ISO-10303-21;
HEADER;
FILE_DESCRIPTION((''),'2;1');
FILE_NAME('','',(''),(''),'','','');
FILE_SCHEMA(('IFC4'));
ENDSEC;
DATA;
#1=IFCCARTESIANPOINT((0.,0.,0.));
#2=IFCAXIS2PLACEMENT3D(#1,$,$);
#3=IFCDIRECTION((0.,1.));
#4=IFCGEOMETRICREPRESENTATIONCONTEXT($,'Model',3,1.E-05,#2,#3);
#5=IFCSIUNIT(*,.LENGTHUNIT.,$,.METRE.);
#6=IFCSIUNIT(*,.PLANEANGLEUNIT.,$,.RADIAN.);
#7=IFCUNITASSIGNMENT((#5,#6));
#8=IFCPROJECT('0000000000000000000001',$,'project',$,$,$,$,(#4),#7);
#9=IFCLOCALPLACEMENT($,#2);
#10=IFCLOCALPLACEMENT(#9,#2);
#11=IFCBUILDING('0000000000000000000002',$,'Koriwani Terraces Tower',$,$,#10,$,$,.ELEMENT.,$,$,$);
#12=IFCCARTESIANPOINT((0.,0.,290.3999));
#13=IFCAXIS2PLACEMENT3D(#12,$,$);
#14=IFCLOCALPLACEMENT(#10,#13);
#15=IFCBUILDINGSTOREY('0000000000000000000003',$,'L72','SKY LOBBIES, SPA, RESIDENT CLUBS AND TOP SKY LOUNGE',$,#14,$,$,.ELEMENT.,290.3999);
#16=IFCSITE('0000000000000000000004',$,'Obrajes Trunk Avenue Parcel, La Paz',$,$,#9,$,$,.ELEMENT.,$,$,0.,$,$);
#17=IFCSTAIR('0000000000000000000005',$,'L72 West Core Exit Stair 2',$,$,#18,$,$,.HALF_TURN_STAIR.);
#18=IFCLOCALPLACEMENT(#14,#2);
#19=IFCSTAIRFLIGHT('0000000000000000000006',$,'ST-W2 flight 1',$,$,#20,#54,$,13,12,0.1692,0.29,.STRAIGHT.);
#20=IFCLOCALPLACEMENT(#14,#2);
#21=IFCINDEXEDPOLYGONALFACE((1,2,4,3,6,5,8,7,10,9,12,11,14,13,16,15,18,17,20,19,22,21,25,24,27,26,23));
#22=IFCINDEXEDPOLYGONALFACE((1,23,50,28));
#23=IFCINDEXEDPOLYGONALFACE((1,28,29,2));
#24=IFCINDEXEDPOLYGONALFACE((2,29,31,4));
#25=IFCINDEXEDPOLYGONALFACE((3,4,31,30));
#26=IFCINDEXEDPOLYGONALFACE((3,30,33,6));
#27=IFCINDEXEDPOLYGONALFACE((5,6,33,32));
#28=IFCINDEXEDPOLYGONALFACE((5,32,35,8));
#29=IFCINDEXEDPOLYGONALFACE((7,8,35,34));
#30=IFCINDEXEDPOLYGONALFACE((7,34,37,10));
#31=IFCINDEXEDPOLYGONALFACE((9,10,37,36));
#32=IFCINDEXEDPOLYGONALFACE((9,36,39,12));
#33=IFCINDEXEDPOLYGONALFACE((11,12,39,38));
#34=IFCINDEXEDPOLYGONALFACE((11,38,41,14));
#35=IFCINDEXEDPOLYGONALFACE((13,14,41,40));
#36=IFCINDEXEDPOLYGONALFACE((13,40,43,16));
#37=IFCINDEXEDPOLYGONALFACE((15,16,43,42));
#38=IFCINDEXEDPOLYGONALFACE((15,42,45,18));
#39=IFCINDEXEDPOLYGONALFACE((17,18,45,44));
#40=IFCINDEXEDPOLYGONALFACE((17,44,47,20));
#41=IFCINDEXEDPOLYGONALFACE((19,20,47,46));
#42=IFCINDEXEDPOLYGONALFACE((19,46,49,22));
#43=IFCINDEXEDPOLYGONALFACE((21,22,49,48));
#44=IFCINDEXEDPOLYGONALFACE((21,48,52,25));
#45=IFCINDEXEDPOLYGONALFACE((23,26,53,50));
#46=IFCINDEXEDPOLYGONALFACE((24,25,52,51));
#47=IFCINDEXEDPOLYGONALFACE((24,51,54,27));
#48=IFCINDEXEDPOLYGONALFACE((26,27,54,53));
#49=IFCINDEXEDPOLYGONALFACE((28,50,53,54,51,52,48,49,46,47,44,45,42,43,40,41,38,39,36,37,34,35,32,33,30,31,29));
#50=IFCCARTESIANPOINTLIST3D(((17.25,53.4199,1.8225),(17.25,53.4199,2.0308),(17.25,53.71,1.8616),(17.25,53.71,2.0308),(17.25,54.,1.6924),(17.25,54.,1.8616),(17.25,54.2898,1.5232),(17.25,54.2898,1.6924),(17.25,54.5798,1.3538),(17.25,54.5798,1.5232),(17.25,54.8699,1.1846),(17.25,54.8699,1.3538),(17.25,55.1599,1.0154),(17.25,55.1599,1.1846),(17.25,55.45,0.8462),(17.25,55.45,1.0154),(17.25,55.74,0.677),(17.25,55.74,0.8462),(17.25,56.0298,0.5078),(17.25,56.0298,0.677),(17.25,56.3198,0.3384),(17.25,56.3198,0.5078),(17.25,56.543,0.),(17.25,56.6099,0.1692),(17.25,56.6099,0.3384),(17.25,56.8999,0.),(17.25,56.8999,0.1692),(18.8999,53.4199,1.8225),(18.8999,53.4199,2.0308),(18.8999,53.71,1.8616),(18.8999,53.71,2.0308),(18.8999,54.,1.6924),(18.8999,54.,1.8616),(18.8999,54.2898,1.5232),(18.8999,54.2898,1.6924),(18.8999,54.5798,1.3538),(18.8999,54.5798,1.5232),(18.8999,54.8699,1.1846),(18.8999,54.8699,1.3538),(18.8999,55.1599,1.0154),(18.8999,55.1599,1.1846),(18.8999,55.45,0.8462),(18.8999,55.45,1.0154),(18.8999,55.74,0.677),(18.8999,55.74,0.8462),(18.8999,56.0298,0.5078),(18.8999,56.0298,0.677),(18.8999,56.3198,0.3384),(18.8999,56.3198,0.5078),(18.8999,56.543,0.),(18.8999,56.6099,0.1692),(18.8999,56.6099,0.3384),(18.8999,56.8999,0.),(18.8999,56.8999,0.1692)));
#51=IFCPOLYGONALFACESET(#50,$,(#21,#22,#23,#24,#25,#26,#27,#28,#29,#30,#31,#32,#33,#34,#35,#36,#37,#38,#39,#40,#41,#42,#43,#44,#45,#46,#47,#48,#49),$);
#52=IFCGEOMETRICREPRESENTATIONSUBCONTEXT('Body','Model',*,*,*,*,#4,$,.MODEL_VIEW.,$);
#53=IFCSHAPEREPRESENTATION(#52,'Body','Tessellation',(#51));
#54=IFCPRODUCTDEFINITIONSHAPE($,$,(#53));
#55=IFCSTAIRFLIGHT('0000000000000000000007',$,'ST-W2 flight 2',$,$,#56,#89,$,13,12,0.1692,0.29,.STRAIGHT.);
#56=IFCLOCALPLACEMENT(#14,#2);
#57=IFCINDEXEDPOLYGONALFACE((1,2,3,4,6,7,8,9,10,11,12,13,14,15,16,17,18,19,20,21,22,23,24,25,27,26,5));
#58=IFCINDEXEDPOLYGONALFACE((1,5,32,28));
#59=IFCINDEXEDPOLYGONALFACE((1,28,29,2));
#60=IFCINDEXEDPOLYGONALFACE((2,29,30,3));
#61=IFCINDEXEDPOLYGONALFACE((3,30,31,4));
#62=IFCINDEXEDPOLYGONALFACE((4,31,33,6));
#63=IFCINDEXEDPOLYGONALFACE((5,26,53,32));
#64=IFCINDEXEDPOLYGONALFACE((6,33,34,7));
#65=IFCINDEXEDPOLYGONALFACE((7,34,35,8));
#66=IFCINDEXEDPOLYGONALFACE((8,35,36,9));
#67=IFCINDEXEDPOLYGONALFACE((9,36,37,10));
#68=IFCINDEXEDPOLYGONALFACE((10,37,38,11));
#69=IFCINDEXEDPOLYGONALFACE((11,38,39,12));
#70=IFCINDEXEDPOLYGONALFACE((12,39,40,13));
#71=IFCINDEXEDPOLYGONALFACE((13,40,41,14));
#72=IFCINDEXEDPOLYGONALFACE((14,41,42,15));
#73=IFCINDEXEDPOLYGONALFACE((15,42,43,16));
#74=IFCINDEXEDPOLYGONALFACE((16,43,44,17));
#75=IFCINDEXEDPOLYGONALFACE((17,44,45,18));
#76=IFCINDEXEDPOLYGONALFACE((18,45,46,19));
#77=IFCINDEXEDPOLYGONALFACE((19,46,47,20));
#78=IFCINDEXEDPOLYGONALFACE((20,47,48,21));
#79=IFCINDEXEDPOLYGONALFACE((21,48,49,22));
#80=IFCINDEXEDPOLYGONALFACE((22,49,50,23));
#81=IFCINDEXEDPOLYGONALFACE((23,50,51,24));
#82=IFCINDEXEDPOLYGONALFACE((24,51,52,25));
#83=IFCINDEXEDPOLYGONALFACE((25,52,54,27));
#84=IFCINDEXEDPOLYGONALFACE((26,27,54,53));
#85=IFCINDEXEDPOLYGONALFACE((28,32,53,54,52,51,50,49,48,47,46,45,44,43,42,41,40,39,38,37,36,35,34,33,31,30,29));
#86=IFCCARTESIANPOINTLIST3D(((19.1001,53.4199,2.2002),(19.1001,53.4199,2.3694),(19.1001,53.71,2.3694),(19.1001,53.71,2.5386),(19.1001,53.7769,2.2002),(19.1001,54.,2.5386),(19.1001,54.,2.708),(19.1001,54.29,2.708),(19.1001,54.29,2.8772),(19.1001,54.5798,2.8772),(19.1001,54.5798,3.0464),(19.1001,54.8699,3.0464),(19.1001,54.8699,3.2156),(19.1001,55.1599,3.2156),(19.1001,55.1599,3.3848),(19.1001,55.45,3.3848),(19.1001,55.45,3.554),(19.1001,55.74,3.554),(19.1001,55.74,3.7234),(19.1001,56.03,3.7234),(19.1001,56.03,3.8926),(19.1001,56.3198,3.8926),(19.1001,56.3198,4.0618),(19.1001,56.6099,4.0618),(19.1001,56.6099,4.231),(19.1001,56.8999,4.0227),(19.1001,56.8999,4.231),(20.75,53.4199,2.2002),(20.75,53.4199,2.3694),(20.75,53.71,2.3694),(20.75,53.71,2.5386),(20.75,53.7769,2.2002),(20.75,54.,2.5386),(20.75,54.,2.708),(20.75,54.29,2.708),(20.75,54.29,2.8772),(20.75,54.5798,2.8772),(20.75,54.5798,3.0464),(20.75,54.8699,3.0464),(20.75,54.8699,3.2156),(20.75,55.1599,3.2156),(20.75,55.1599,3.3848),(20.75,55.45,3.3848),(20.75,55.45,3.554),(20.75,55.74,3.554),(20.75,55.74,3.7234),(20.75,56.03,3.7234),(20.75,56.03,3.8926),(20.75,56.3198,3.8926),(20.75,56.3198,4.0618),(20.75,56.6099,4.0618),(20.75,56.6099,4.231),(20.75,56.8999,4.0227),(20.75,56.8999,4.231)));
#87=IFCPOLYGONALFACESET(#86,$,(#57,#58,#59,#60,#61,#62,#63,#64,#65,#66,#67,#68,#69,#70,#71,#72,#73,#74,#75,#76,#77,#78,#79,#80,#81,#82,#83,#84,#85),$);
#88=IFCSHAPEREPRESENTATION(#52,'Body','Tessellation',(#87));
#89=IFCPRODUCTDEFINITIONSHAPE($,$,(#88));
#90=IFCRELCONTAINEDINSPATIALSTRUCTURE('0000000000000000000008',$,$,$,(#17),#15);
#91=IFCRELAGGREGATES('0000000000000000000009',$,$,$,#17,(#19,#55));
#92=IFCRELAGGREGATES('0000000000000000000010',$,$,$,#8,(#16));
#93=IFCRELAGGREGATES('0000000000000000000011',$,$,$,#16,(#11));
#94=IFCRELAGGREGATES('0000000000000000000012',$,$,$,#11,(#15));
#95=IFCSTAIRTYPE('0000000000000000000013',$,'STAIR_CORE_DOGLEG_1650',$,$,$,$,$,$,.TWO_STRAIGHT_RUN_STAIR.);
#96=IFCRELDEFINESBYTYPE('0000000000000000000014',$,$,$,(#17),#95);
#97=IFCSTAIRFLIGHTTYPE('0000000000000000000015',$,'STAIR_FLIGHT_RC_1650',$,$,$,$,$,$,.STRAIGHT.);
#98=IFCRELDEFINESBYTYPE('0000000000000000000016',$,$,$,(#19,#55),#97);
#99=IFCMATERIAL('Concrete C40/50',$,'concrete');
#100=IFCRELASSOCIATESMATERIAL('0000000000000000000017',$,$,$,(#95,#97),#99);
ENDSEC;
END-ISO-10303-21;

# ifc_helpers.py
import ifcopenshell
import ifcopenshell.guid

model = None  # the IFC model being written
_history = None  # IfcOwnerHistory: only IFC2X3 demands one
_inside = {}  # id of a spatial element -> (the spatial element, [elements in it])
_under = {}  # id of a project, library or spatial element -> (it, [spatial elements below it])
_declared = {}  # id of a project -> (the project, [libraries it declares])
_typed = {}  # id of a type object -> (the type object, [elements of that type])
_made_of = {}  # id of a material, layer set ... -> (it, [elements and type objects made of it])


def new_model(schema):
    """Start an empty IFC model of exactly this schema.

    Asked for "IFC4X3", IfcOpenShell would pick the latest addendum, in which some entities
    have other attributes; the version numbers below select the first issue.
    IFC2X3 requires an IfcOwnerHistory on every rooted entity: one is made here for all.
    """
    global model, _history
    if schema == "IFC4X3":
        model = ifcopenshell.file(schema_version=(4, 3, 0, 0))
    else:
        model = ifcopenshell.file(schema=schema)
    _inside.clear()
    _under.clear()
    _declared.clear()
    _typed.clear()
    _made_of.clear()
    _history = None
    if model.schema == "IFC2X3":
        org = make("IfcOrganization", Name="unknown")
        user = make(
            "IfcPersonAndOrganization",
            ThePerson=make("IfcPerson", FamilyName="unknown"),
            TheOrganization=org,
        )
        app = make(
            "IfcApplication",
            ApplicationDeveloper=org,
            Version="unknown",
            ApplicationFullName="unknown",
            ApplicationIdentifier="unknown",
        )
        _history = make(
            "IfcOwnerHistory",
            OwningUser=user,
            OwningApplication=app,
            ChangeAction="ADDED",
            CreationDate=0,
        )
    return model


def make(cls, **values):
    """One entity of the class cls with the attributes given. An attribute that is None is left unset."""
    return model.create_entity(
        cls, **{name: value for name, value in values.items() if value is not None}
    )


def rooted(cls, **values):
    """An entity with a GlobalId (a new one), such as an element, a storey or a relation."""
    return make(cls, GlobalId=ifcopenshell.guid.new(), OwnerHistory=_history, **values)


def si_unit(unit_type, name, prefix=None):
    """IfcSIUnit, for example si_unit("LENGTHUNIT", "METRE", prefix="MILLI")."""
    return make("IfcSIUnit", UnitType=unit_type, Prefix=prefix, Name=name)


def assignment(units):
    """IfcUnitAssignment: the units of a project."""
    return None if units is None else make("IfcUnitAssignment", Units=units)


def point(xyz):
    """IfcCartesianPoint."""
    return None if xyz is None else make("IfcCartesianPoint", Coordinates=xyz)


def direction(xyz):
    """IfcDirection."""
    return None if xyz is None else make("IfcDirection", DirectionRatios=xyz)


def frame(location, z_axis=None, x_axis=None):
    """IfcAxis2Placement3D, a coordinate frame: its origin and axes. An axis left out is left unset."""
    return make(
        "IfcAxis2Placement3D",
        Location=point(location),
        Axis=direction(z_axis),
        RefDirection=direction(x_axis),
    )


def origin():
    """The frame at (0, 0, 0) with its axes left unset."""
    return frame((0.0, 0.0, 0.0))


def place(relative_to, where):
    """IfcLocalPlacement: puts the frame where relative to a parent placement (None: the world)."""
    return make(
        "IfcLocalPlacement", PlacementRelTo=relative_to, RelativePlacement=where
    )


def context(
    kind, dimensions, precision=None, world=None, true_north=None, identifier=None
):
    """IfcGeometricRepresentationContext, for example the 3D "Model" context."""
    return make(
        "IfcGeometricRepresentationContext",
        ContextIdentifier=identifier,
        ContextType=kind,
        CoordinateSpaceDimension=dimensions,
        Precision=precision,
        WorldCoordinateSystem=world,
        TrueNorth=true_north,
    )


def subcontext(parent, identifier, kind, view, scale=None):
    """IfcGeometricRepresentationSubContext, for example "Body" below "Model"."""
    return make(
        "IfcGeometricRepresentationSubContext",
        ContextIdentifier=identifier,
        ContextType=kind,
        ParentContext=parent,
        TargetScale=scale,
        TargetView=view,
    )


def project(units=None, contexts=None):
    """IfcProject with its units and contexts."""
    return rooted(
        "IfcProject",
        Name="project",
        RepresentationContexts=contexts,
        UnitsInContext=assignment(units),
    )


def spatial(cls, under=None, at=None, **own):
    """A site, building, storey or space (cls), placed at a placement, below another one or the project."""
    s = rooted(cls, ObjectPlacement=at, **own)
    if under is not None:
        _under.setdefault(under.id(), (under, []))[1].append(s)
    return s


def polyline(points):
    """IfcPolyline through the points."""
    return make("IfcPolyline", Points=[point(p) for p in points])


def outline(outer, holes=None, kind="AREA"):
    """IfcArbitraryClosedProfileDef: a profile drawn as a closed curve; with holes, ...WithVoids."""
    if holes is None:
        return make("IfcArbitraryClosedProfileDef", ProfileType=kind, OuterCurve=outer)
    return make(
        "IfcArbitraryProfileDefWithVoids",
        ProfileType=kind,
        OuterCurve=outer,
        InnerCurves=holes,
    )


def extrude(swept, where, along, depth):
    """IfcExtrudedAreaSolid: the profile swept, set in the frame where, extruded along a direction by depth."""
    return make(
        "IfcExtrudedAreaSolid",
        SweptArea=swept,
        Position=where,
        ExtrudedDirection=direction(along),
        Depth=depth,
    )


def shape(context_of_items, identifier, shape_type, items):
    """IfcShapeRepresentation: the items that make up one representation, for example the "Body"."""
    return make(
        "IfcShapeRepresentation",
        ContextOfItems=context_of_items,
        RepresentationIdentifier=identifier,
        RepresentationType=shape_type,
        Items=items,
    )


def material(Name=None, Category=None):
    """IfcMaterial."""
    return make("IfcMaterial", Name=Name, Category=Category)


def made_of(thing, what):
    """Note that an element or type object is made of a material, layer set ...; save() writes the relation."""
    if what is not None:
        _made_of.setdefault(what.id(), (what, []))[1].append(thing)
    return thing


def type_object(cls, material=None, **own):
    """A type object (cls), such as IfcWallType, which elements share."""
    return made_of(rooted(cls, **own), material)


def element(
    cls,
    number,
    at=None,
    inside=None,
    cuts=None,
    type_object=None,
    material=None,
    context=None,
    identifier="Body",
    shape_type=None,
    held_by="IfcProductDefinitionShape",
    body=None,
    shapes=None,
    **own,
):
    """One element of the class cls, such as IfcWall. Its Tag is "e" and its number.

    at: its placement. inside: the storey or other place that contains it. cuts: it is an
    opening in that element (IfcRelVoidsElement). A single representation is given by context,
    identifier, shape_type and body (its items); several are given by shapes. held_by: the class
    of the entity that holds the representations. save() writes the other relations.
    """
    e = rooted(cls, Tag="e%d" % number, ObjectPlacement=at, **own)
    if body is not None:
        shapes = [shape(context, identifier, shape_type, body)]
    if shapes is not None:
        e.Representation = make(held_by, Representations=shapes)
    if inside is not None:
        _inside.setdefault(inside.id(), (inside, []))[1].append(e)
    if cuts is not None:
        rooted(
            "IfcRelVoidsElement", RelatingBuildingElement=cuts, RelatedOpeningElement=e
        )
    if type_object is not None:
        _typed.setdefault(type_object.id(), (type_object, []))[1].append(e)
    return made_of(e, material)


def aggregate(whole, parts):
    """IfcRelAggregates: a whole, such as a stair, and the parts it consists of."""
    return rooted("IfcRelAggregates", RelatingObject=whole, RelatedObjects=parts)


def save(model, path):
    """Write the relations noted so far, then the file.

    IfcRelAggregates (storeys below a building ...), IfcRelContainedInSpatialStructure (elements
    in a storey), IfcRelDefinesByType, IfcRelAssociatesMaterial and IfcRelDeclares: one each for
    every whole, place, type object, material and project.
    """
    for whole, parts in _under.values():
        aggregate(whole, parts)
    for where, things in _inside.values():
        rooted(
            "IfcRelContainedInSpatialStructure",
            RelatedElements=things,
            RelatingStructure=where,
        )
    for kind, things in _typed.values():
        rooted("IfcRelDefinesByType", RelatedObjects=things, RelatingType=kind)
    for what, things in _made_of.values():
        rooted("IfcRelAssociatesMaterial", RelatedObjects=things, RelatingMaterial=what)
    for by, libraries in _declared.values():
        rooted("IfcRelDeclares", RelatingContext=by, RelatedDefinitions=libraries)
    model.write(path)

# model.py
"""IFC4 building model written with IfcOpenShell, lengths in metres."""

from ifc_helpers import new_model, si_unit, direction, frame, origin, place, context, subcontext, project, spatial, polyline, outline, extrude, material, type_object, element, aggregate, save


model = new_model("IFC4")

# Units and contexts
model_context = context("Model", 3, precision=1e-05, world=origin(), true_north=direction((0.0, 1.0)))
body_context = subcontext(model_context, "Body", "Model", "MODEL_VIEW")
ifc_project = project(units=[si_unit("LENGTHUNIT", "METRE"), si_unit("PLANEANGLEUNIT", "RADIAN")], contexts=[model_context])

# Site, building, storey
site_placement = place(None, origin())
site = spatial("IfcSite", under=ifc_project, at=site_placement, Name="Obrajes Trunk Avenue Parcel, La Paz", CompositionType="ELEMENT", RefElevation=0.0)
building_placement = place(site_placement, origin())
building = spatial("IfcBuilding", under=site, at=building_placement, Name="Koriwani Terraces Tower", CompositionType="ELEMENT")
storey_placement = place(building_placement, frame((0.0, 0.0, 290.3999)))
storey = spatial("IfcBuildingStorey", under=building, at=storey_placement, Name="L72", Description="SKY LOBBIES, SPA, RESIDENT CLUBS AND TOP SKY LOUNGE", CompositionType="ELEMENT", Elevation=290.3999)

# Shared definitions
ifc_material_1 = material(Name="Concrete C40/50", Category="concrete")

# Stair, stair flights
stair_type = type_object("IfcStairType", Name="STAIR_CORE_DOGLEG_1650", PredefinedType="TWO_STRAIGHT_RUN_STAIR", material=ifc_material_1)
stair_flight_type = type_object("IfcStairFlightType", Name="STAIR_FLIGHT_RC_1650", PredefinedType="STRAIGHT", material=ifc_material_1)
stair_1_placement = place(storey_placement, origin())
stair_1 = element("IfcStair", 1, at=stair_1_placement, inside=storey, type_object=stair_type, Name="L72 West Core Exit Stair 2", PredefinedType="HALF_TURN_STAIR")
stair_flight_1_placement = place(storey_placement, frame((18.075, 56.8999, 0.0), z_axis=(0.0, 0.0, 1.0), x_axis=(0.0, -1.0, 0.0)))
stair_flight_1 = element("IfcStairFlight", 2, at=stair_flight_1_placement, type_object=stair_flight_type, Name="ST-W2 flight 1", NumberOfRisers=13, NumberOfTreads=12, PredefinedType="STRAIGHT", RiserHeight=0.1692, TreadLength=0.29, context=body_context, shape_type="SweptSolid", body=[
    extrude(outline(polyline([(0.0, 0.0), (0.0, 0.1692), (0.29, 0.1692), (0.29, 0.3384), (0.5801, 0.3384), (0.5801, 0.5078), (0.8701, 0.5078), (0.8701, 0.677), (1.1599, 0.677), (1.1599, 0.8462), (1.45, 0.8462), (1.45, 1.0154), (1.74, 1.0154), (1.74, 1.1846), (2.03, 1.1846), (2.03, 1.3538), (2.3201, 1.3538), (2.3201, 1.5232), (2.6101, 1.5232), (2.6101, 1.6924), (2.8999, 1.6924), (2.8999, 1.8616), (3.1899, 1.8616), (3.1899, 2.0308), (3.48, 2.0308), (3.48, 2.2), (3.48, 1.8225), (0.3569, 0.0), (0.0, 0.0)])), frame((0.0, 0.825, 0.0), z_axis=(0.0, -1.0, 0.0), x_axis=(1.0, 0.0, 0.0)), (0.0, 0.0, 1.0), 1.6499),
])
stair_flight_2_placement = place(storey_placement, frame((19.925, 53.4199, 2.2002), z_axis=(0.0, 0.0, 1.0), x_axis=(0.0, 1.0, 0.0)))
stair_flight_2 = element("IfcStairFlight", 3, at=stair_flight_2_placement, type_object=stair_flight_type, Name="ST-W2 flight 2", NumberOfRisers=13, NumberOfTreads=12, PredefinedType="STRAIGHT", RiserHeight=0.1692, TreadLength=0.29, context=body_context, shape_type="SweptSolid", body=[
    extrude(outline(polyline([(0.0, 0.0), (0.0, 0.1692), (0.29, 0.1692), (0.29, 0.3384), (0.5801, 0.3384), (0.5801, 0.5078), (0.8701, 0.5078), (0.8701, 0.677), (1.1599, 0.677), (1.1599, 0.8462), (1.45, 0.8462), (1.45, 1.0154), (1.74, 1.0154), (1.74, 1.1846), (2.03, 1.1846), (2.03, 1.3538), (2.3201, 1.3538), (2.3201, 1.5232), (2.6101, 1.5232), (2.6101, 1.6924), (2.8999, 1.6924), (2.8999, 1.8616), (3.1899, 1.8616), (3.1899, 2.0308), (3.48, 2.0308), (3.48, 2.2), (3.48, 1.8225), (0.3569, 0.0), (0.0, 0.0)])), frame((0.0, 0.825, 0.0), z_axis=(0.0, -1.0, 0.0), x_axis=(1.0, 0.0, 0.0)), (0.0, 0.0, 1.0), 1.6499),
])
aggregate(stair_1, [stair_flight_1, stair_flight_2])

save(model, "model.ifc")
